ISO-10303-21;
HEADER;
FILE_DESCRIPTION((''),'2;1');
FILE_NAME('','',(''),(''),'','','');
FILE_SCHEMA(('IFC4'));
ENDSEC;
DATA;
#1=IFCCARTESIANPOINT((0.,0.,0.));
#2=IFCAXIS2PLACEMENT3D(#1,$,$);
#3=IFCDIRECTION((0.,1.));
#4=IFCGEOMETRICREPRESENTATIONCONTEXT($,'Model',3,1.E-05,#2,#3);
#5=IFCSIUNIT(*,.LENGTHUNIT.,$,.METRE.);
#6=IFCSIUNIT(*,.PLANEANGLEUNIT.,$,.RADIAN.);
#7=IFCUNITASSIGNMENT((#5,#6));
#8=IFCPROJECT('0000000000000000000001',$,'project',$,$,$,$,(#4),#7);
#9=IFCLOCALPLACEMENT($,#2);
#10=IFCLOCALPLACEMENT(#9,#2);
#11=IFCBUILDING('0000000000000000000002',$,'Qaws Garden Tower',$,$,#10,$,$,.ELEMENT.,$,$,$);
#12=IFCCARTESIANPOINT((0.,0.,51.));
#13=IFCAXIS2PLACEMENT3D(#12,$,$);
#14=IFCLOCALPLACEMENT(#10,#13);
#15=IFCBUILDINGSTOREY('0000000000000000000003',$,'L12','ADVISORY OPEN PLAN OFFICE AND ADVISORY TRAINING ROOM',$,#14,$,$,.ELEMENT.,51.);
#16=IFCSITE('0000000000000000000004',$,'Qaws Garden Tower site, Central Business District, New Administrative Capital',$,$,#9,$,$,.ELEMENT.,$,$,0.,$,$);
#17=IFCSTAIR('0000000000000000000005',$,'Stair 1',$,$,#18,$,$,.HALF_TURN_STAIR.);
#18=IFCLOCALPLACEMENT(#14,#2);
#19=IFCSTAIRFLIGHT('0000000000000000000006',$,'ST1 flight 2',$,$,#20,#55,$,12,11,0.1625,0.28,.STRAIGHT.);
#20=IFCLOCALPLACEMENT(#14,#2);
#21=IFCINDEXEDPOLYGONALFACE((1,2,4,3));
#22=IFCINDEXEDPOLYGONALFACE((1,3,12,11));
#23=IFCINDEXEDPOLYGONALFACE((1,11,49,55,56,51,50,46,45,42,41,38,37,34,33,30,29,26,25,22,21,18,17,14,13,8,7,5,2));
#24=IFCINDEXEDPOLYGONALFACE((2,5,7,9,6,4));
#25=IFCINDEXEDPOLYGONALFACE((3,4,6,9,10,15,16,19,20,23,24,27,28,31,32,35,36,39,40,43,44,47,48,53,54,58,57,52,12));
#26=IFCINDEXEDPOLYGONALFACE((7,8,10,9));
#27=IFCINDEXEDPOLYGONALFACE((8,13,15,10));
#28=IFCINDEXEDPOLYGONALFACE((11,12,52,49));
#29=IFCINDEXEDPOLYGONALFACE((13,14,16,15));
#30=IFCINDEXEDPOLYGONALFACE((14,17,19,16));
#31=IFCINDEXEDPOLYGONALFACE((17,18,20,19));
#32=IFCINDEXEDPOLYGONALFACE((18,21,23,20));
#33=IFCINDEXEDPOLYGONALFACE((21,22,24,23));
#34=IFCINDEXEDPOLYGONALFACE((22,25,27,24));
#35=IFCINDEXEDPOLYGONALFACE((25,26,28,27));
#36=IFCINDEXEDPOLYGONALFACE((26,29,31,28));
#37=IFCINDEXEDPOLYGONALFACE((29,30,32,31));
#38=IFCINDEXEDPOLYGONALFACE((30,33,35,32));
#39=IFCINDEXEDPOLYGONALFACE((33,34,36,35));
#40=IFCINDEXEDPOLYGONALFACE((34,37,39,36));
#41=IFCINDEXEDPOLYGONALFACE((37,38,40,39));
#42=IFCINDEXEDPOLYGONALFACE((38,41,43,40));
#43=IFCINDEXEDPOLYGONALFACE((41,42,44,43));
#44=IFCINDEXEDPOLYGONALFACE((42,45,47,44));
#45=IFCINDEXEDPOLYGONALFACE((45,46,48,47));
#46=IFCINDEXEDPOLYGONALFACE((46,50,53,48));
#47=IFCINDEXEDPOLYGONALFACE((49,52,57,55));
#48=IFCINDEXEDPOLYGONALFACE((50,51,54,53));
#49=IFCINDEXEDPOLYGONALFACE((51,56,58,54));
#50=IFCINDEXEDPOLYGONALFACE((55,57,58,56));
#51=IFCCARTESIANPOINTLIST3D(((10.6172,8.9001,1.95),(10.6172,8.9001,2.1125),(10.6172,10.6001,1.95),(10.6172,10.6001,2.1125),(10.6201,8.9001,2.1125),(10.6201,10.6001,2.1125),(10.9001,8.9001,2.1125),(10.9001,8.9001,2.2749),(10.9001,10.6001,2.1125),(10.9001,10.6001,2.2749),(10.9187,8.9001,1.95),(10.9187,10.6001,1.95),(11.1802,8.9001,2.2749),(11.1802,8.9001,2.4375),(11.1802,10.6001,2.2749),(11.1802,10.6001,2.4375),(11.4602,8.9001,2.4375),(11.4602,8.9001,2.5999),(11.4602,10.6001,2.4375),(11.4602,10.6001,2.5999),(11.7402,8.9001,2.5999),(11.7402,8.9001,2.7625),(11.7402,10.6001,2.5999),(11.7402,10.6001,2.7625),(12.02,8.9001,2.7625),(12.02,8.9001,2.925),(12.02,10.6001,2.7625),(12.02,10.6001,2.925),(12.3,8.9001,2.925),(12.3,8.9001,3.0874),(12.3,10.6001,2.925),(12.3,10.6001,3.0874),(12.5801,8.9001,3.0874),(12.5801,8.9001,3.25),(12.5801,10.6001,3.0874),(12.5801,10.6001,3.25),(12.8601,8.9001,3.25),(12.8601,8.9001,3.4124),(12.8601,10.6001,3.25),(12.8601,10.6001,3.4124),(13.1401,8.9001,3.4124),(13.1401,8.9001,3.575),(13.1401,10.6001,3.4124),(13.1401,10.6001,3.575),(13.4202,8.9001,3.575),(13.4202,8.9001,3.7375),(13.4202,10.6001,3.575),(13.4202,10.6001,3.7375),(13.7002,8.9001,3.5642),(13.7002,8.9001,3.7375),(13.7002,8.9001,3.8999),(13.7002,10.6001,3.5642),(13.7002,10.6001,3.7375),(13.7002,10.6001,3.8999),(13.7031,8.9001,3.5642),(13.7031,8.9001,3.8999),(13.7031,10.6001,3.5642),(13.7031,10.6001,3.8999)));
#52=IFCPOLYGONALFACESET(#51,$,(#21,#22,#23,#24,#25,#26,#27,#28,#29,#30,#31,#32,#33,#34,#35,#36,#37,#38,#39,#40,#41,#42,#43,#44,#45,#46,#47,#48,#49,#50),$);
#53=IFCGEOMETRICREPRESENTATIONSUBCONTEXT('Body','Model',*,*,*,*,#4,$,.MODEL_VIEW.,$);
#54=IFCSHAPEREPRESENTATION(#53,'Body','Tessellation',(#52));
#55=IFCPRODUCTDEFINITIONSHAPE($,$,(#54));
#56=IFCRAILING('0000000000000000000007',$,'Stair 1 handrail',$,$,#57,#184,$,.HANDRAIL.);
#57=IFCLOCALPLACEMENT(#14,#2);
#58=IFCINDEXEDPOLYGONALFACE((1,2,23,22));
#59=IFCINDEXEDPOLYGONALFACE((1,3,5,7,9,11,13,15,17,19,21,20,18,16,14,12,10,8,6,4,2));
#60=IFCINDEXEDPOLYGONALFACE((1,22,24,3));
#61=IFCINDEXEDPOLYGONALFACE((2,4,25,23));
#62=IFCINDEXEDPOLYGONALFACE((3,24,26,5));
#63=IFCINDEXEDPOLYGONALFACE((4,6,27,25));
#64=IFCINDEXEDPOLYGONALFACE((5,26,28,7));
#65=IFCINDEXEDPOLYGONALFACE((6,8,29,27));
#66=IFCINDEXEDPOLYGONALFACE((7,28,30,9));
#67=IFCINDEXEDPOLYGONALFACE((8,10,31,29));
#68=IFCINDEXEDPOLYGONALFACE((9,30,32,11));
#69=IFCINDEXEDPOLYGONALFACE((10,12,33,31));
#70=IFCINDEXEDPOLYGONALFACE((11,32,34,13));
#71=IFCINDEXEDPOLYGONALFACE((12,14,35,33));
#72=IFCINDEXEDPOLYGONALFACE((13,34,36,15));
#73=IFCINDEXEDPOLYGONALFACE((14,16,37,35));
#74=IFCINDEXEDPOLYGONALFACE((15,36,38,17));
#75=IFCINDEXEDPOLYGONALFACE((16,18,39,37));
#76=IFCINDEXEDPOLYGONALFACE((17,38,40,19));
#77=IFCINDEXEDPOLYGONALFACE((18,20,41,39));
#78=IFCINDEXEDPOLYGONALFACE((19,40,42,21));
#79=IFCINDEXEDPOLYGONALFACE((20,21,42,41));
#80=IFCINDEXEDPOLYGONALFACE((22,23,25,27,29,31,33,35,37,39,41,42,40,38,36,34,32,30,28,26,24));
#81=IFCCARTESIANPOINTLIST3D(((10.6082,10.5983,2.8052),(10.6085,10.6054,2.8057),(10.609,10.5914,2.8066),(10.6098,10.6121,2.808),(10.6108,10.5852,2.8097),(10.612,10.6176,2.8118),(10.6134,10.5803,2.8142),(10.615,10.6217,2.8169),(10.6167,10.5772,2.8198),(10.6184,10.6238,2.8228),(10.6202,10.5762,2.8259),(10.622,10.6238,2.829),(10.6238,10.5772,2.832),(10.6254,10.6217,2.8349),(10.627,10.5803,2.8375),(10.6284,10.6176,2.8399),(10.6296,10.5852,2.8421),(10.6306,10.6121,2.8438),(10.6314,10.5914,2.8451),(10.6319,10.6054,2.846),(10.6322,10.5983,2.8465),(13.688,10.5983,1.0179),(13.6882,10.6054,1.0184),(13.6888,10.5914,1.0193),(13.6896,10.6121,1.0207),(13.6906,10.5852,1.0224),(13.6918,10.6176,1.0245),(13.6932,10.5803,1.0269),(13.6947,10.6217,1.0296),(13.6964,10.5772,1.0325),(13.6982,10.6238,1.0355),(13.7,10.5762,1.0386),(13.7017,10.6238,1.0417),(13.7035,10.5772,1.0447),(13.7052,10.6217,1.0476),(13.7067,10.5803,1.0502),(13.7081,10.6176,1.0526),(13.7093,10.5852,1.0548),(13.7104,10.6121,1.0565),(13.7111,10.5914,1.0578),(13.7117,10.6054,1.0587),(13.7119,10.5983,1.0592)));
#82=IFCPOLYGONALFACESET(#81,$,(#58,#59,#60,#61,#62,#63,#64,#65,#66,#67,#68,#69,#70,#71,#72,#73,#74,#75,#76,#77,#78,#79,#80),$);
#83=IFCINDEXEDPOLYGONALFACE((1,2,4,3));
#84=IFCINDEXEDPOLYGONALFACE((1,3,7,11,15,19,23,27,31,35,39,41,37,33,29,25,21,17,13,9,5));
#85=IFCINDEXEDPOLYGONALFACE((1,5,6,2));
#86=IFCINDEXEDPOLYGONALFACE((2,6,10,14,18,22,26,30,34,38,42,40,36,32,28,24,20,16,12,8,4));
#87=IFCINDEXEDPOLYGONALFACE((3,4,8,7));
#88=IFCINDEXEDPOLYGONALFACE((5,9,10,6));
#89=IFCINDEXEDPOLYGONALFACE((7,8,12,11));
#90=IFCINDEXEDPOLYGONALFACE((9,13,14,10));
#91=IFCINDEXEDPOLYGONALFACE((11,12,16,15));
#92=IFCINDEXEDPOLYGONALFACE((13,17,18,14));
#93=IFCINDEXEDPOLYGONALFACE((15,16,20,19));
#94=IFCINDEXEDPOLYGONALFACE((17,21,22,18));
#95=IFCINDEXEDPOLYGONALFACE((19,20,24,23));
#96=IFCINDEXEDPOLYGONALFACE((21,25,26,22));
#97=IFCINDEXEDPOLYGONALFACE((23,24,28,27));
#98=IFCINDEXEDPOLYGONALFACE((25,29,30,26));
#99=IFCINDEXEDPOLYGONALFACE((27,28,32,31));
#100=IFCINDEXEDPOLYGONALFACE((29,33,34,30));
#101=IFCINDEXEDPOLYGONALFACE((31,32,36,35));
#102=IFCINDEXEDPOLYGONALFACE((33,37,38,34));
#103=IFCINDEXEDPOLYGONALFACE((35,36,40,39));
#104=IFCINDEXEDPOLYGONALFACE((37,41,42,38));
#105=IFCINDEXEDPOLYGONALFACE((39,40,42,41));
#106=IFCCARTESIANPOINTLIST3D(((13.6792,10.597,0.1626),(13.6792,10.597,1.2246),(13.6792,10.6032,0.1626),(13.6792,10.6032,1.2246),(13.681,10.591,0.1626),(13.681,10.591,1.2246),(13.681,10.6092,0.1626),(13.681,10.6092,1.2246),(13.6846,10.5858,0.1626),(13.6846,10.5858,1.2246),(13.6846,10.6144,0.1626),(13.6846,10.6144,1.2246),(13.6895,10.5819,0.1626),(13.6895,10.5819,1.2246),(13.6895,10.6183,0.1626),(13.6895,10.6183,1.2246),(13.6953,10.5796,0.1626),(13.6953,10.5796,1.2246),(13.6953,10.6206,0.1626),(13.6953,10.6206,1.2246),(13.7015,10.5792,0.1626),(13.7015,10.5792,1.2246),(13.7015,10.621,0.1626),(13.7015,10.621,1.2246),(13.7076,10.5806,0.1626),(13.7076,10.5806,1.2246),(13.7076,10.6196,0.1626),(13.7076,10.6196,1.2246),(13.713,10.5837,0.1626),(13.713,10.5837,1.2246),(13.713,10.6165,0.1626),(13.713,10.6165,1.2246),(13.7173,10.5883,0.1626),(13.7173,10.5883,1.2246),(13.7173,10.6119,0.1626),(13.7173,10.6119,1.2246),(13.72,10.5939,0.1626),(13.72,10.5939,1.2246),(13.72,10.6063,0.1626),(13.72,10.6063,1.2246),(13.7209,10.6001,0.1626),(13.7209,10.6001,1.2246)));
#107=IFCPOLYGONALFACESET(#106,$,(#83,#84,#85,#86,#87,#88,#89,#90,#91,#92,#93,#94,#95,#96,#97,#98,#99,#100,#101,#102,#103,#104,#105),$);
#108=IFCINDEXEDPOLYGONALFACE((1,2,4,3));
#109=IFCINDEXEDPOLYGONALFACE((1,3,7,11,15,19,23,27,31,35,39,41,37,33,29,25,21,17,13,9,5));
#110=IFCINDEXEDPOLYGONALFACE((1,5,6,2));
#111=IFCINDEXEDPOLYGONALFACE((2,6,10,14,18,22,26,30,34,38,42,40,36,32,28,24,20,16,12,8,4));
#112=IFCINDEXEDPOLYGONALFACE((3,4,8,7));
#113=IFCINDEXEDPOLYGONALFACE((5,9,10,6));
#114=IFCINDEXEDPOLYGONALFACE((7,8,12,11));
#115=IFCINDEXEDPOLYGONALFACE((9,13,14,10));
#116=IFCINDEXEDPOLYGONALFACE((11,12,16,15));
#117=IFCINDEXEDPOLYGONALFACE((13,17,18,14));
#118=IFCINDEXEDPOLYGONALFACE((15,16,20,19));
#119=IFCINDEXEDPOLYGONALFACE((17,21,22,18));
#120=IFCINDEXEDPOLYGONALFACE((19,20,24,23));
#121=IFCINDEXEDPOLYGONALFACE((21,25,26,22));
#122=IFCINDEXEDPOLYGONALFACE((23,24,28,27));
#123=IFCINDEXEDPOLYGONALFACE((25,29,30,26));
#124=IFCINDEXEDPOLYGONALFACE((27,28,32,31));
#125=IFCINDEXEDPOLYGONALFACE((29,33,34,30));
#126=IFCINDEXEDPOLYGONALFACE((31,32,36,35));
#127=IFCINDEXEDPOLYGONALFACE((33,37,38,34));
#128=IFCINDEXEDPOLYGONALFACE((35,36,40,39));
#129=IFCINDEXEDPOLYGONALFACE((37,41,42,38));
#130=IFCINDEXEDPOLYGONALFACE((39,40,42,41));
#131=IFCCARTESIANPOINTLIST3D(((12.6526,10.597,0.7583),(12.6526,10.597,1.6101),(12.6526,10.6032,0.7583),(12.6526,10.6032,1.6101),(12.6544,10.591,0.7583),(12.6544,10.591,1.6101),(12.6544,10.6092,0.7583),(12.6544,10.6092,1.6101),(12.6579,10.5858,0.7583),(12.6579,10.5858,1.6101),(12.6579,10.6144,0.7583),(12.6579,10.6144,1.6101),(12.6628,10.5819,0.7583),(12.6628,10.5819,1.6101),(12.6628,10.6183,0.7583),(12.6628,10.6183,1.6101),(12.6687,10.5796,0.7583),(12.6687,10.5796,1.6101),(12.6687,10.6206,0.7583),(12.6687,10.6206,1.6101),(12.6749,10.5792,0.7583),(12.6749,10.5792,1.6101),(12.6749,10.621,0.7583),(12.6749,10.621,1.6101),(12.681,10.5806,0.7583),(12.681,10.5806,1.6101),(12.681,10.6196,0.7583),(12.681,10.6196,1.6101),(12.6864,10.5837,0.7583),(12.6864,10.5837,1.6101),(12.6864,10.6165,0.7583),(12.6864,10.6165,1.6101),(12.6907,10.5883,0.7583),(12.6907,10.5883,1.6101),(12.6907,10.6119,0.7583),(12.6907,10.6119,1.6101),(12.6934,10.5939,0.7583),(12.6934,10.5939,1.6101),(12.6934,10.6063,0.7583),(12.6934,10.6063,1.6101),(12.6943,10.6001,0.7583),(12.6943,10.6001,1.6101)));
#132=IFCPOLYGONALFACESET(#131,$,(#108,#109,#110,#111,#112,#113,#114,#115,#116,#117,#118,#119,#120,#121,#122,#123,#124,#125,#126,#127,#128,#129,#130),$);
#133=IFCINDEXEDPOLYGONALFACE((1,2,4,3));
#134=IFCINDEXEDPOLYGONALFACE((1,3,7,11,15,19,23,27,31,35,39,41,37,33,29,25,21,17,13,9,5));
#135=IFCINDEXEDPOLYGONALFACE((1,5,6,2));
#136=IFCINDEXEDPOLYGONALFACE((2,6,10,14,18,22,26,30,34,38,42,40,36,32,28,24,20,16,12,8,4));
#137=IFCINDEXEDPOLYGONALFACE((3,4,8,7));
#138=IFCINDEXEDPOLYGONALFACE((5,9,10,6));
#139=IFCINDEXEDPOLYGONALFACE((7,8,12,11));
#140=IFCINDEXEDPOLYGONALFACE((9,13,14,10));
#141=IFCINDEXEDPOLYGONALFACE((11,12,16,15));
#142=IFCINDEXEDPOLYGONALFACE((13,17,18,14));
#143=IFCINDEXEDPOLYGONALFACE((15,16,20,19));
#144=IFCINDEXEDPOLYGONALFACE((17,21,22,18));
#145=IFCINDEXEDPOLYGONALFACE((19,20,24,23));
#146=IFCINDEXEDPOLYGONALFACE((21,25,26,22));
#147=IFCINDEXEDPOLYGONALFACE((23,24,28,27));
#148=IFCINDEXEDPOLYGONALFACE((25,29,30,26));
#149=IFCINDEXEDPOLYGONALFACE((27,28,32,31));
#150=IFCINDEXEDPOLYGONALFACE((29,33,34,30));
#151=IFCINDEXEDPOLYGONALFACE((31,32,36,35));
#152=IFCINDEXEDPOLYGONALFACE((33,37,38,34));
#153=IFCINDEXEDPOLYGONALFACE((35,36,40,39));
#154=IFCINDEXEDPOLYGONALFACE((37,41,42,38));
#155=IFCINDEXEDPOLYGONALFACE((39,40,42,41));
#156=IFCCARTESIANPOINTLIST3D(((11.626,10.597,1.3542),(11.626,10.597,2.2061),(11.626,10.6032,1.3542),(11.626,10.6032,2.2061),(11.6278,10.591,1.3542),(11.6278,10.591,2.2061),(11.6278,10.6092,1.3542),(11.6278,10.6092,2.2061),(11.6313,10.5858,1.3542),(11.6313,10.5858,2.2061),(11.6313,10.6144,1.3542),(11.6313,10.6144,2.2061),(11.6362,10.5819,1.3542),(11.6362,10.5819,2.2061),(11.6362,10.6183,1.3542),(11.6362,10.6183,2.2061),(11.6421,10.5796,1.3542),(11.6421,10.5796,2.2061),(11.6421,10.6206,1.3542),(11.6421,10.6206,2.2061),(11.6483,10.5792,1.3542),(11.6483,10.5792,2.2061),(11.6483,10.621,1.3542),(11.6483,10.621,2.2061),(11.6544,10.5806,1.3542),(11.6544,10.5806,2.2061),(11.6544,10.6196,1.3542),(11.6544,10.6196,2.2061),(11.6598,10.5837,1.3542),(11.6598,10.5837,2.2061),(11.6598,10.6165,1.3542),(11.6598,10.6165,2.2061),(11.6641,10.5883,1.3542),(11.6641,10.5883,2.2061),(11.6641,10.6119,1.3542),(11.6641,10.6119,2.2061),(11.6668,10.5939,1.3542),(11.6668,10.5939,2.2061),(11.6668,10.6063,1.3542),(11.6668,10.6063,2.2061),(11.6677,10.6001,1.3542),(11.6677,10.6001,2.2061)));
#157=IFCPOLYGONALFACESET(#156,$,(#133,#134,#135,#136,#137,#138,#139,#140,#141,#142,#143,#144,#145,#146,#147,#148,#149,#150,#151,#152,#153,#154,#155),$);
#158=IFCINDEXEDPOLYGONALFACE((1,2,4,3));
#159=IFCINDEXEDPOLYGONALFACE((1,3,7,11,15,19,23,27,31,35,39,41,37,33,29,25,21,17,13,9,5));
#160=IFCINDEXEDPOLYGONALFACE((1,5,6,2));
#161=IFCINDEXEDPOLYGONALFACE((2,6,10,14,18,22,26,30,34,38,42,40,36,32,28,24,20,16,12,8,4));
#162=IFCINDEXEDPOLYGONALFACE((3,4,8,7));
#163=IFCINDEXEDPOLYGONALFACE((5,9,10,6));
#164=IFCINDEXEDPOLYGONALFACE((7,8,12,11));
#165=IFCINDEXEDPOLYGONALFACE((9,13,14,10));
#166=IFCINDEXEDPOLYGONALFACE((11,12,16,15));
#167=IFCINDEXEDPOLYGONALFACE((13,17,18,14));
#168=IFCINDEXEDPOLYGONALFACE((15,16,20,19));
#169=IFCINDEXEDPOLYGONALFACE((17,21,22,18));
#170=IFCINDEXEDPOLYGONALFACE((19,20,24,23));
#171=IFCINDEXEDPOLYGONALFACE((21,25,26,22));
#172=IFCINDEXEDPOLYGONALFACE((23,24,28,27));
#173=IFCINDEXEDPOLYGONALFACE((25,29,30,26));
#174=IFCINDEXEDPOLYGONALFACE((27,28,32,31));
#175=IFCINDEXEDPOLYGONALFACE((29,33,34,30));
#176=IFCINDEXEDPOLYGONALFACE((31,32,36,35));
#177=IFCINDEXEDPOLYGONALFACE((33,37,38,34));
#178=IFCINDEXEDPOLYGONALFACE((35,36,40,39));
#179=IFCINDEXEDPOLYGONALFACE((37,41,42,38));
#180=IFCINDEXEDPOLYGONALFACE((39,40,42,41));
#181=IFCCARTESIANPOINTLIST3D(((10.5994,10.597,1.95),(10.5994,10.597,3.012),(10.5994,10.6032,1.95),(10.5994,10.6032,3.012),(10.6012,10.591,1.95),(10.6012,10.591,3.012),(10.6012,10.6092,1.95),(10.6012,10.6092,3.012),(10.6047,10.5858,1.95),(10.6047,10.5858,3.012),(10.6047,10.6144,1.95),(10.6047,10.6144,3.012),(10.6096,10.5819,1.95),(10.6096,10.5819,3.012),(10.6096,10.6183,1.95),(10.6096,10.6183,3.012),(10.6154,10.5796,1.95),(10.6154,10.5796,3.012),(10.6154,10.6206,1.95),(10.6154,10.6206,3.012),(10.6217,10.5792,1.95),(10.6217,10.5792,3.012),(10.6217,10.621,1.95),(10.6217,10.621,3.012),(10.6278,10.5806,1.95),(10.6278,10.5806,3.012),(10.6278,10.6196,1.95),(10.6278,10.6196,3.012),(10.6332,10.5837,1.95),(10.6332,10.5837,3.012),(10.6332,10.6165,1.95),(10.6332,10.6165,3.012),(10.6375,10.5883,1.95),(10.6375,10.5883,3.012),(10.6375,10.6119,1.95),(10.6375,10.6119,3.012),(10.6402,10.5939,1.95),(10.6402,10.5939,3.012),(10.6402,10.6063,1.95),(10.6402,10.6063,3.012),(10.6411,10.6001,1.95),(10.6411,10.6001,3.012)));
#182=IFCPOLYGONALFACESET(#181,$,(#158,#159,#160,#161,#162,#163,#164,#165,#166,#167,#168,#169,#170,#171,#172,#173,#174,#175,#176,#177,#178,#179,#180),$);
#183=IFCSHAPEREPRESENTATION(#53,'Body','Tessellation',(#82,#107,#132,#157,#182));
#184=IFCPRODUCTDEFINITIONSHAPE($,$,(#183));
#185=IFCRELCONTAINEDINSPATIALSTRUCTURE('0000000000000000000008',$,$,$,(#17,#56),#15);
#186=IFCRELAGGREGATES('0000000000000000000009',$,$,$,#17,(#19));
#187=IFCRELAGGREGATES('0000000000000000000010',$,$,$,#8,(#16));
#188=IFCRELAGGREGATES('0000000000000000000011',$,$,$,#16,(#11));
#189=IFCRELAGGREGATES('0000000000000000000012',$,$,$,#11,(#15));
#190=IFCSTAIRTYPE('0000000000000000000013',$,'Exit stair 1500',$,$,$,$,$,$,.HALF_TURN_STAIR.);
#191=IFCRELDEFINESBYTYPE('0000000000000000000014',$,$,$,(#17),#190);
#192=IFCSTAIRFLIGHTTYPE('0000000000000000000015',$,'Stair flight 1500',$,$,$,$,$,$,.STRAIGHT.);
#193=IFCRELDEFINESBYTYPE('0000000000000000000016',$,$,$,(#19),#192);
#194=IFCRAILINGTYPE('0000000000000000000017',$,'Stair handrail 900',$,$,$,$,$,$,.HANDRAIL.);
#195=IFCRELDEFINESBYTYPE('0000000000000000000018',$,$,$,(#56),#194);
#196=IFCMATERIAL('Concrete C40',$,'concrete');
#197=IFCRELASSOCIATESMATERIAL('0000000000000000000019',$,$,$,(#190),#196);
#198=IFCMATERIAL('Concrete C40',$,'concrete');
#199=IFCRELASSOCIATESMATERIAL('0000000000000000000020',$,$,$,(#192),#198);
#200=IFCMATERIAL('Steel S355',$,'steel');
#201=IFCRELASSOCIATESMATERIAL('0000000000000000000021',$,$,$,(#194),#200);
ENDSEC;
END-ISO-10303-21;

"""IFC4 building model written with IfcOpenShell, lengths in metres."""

from ifc_helpers import new_model, si_unit, direction, frame, origin, origin_2d, place, context, subcontext, project, spatial, polyline, circle, outline, extrude, material, type_object, element, aggregate, save


model = new_model("IFC4")

# Units and contexts
model_context = context("Model", 3, precision=1e-05, world=origin(), true_north=direction((0.0, 1.0)))
body_context = subcontext(model_context, "Body", "Model", "MODEL_VIEW")
ifc_project = project(units=[si_unit("LENGTHUNIT", "METRE"), si_unit("PLANEANGLEUNIT", "RADIAN")], contexts=[model_context])

# Site, building, storey
site_placement = place(None, origin())
site = spatial("IfcSite", under=ifc_project, at=site_placement, Name="Qaws Garden Tower site, Central Business District, New Administrative Capital", CompositionType="ELEMENT", RefElevation=0.0)
building_placement = place(site_placement, origin())
building = spatial("IfcBuilding", under=site, at=building_placement, Name="Qaws Garden Tower", CompositionType="ELEMENT")
storey_placement = place(building_placement, frame((0.0, 0.0, 51.0)))
storey = spatial("IfcBuildingStorey", under=building, at=storey_placement, Name="L12", Description="ADVISORY OPEN PLAN OFFICE AND ADVISORY TRAINING ROOM", CompositionType="ELEMENT", Elevation=51.0)

# Stair, stair flight
ifc_material_1 = material(Name="Concrete C40", Category="concrete")
stair_type = type_object("IfcStairType", Name="Exit stair 1500", PredefinedType="HALF_TURN_STAIR", material=ifc_material_1)
stair_placement = place(storey_placement, origin())
stair = element("IfcStair", 1, at=stair_placement, inside=storey, type_object=stair_type, Name="Stair 1", PredefinedType="HALF_TURN_STAIR")
ifc_material_2 = material(Name="Concrete C40", Category="concrete")
stair_flight_type = type_object("IfcStairFlightType", Name="Stair flight 1500", PredefinedType="STRAIGHT", material=ifc_material_2)
stair_flight_1_placement = place(storey_placement, frame((10.6201, 9.75, 1.95), z_axis=(0.0, 0.0, 1.0), x_axis=(1.0, 0.0, 0.0)))
stair_flight_1 = element("IfcStairFlight", 2, at=stair_flight_1_placement, type_object=stair_flight_type, Name="ST1 flight 2", NumberOfRisers=12, NumberOfTreads=11, PredefinedType="STRAIGHT", RiserHeight=0.1625, TreadLength=0.28, context=body_context, shape_type="SweptSolid", body=[
    extrude(outline(polyline([(-0.0029, 0.0), (-0.0029, 0.1626), (0.0, 0.1626), (0.28, 0.1626), (0.28, 0.325), (0.5601, 0.325), (0.5601, 0.4875), (0.8401, 0.4875), (0.8401, 0.6499), (1.1201, 0.6499), (1.1201, 0.8125), (1.3999, 0.8125), (1.3999, 0.9751), (1.6799, 0.9751), (1.6799, 1.1375), (1.96, 1.1375), (1.96, 1.3), (2.24, 1.3), (2.24, 1.4624), (2.52, 1.4624), (2.52, 1.625), (2.8, 1.625), (2.8, 1.7876), (3.0801, 1.7876), (3.0801, 1.95), (3.083, 1.95), (3.083, 1.6143), (3.0801, 1.6143), (0.2986, 0.0), (-0.0029, 0.0)])), frame((0.0, 0.8501, 0.0), z_axis=(0.0, -1.0, 0.0), x_axis=(1.0, 0.0, 0.0)), (0.0, 0.0, 1.0), 1.7),
])
aggregate(stair, [stair_flight_1])

# Railing
ifc_material_3 = material(Name="Steel S355", Category="steel")
railing_type = type_object("IfcRailingType", Name="Stair handrail 900", PredefinedType="HANDRAIL", material=ifc_material_3)
railing_1_placement = place(storey_placement, frame((13.7, 10.6001, 0.1626)))
element("IfcRailing", 3, at=railing_1_placement, inside=storey, type_object=railing_type, Name="Stair 1 handrail", PredefinedType="HANDRAIL", context=body_context, shape_type="SweptSolid", body=[
    extrude(circle(Radius=0.0239, at=origin_2d()), frame((0.0, 0.0, 0.876), z_axis=(-0.864903, 0.0, 0.501939), x_axis=(0.0, -1.0, 0.0)), (0.0, 0.0, 1.0), 3.5608),
    extrude(circle(Radius=0.021, at=origin_2d()), origin(), (0.0, 0.0, 1.0), 1.062),
    extrude(circle(Radius=0.021, at=origin_2d()), frame((-1.0266, 0.0, 0.5957)), (0.0, 0.0, 1.0), 0.8518),
    extrude(circle(Radius=0.021, at=origin_2d()), frame((-2.0532, 0.0, 1.1917)), (0.0, 0.0, 1.0), 0.8518),
    extrude(circle(Radius=0.021, at=origin_2d()), frame((-3.0798, 0.0, 1.7874)), (0.0, 0.0, 1.0), 1.062),
])

save(model, "model.ifc")
